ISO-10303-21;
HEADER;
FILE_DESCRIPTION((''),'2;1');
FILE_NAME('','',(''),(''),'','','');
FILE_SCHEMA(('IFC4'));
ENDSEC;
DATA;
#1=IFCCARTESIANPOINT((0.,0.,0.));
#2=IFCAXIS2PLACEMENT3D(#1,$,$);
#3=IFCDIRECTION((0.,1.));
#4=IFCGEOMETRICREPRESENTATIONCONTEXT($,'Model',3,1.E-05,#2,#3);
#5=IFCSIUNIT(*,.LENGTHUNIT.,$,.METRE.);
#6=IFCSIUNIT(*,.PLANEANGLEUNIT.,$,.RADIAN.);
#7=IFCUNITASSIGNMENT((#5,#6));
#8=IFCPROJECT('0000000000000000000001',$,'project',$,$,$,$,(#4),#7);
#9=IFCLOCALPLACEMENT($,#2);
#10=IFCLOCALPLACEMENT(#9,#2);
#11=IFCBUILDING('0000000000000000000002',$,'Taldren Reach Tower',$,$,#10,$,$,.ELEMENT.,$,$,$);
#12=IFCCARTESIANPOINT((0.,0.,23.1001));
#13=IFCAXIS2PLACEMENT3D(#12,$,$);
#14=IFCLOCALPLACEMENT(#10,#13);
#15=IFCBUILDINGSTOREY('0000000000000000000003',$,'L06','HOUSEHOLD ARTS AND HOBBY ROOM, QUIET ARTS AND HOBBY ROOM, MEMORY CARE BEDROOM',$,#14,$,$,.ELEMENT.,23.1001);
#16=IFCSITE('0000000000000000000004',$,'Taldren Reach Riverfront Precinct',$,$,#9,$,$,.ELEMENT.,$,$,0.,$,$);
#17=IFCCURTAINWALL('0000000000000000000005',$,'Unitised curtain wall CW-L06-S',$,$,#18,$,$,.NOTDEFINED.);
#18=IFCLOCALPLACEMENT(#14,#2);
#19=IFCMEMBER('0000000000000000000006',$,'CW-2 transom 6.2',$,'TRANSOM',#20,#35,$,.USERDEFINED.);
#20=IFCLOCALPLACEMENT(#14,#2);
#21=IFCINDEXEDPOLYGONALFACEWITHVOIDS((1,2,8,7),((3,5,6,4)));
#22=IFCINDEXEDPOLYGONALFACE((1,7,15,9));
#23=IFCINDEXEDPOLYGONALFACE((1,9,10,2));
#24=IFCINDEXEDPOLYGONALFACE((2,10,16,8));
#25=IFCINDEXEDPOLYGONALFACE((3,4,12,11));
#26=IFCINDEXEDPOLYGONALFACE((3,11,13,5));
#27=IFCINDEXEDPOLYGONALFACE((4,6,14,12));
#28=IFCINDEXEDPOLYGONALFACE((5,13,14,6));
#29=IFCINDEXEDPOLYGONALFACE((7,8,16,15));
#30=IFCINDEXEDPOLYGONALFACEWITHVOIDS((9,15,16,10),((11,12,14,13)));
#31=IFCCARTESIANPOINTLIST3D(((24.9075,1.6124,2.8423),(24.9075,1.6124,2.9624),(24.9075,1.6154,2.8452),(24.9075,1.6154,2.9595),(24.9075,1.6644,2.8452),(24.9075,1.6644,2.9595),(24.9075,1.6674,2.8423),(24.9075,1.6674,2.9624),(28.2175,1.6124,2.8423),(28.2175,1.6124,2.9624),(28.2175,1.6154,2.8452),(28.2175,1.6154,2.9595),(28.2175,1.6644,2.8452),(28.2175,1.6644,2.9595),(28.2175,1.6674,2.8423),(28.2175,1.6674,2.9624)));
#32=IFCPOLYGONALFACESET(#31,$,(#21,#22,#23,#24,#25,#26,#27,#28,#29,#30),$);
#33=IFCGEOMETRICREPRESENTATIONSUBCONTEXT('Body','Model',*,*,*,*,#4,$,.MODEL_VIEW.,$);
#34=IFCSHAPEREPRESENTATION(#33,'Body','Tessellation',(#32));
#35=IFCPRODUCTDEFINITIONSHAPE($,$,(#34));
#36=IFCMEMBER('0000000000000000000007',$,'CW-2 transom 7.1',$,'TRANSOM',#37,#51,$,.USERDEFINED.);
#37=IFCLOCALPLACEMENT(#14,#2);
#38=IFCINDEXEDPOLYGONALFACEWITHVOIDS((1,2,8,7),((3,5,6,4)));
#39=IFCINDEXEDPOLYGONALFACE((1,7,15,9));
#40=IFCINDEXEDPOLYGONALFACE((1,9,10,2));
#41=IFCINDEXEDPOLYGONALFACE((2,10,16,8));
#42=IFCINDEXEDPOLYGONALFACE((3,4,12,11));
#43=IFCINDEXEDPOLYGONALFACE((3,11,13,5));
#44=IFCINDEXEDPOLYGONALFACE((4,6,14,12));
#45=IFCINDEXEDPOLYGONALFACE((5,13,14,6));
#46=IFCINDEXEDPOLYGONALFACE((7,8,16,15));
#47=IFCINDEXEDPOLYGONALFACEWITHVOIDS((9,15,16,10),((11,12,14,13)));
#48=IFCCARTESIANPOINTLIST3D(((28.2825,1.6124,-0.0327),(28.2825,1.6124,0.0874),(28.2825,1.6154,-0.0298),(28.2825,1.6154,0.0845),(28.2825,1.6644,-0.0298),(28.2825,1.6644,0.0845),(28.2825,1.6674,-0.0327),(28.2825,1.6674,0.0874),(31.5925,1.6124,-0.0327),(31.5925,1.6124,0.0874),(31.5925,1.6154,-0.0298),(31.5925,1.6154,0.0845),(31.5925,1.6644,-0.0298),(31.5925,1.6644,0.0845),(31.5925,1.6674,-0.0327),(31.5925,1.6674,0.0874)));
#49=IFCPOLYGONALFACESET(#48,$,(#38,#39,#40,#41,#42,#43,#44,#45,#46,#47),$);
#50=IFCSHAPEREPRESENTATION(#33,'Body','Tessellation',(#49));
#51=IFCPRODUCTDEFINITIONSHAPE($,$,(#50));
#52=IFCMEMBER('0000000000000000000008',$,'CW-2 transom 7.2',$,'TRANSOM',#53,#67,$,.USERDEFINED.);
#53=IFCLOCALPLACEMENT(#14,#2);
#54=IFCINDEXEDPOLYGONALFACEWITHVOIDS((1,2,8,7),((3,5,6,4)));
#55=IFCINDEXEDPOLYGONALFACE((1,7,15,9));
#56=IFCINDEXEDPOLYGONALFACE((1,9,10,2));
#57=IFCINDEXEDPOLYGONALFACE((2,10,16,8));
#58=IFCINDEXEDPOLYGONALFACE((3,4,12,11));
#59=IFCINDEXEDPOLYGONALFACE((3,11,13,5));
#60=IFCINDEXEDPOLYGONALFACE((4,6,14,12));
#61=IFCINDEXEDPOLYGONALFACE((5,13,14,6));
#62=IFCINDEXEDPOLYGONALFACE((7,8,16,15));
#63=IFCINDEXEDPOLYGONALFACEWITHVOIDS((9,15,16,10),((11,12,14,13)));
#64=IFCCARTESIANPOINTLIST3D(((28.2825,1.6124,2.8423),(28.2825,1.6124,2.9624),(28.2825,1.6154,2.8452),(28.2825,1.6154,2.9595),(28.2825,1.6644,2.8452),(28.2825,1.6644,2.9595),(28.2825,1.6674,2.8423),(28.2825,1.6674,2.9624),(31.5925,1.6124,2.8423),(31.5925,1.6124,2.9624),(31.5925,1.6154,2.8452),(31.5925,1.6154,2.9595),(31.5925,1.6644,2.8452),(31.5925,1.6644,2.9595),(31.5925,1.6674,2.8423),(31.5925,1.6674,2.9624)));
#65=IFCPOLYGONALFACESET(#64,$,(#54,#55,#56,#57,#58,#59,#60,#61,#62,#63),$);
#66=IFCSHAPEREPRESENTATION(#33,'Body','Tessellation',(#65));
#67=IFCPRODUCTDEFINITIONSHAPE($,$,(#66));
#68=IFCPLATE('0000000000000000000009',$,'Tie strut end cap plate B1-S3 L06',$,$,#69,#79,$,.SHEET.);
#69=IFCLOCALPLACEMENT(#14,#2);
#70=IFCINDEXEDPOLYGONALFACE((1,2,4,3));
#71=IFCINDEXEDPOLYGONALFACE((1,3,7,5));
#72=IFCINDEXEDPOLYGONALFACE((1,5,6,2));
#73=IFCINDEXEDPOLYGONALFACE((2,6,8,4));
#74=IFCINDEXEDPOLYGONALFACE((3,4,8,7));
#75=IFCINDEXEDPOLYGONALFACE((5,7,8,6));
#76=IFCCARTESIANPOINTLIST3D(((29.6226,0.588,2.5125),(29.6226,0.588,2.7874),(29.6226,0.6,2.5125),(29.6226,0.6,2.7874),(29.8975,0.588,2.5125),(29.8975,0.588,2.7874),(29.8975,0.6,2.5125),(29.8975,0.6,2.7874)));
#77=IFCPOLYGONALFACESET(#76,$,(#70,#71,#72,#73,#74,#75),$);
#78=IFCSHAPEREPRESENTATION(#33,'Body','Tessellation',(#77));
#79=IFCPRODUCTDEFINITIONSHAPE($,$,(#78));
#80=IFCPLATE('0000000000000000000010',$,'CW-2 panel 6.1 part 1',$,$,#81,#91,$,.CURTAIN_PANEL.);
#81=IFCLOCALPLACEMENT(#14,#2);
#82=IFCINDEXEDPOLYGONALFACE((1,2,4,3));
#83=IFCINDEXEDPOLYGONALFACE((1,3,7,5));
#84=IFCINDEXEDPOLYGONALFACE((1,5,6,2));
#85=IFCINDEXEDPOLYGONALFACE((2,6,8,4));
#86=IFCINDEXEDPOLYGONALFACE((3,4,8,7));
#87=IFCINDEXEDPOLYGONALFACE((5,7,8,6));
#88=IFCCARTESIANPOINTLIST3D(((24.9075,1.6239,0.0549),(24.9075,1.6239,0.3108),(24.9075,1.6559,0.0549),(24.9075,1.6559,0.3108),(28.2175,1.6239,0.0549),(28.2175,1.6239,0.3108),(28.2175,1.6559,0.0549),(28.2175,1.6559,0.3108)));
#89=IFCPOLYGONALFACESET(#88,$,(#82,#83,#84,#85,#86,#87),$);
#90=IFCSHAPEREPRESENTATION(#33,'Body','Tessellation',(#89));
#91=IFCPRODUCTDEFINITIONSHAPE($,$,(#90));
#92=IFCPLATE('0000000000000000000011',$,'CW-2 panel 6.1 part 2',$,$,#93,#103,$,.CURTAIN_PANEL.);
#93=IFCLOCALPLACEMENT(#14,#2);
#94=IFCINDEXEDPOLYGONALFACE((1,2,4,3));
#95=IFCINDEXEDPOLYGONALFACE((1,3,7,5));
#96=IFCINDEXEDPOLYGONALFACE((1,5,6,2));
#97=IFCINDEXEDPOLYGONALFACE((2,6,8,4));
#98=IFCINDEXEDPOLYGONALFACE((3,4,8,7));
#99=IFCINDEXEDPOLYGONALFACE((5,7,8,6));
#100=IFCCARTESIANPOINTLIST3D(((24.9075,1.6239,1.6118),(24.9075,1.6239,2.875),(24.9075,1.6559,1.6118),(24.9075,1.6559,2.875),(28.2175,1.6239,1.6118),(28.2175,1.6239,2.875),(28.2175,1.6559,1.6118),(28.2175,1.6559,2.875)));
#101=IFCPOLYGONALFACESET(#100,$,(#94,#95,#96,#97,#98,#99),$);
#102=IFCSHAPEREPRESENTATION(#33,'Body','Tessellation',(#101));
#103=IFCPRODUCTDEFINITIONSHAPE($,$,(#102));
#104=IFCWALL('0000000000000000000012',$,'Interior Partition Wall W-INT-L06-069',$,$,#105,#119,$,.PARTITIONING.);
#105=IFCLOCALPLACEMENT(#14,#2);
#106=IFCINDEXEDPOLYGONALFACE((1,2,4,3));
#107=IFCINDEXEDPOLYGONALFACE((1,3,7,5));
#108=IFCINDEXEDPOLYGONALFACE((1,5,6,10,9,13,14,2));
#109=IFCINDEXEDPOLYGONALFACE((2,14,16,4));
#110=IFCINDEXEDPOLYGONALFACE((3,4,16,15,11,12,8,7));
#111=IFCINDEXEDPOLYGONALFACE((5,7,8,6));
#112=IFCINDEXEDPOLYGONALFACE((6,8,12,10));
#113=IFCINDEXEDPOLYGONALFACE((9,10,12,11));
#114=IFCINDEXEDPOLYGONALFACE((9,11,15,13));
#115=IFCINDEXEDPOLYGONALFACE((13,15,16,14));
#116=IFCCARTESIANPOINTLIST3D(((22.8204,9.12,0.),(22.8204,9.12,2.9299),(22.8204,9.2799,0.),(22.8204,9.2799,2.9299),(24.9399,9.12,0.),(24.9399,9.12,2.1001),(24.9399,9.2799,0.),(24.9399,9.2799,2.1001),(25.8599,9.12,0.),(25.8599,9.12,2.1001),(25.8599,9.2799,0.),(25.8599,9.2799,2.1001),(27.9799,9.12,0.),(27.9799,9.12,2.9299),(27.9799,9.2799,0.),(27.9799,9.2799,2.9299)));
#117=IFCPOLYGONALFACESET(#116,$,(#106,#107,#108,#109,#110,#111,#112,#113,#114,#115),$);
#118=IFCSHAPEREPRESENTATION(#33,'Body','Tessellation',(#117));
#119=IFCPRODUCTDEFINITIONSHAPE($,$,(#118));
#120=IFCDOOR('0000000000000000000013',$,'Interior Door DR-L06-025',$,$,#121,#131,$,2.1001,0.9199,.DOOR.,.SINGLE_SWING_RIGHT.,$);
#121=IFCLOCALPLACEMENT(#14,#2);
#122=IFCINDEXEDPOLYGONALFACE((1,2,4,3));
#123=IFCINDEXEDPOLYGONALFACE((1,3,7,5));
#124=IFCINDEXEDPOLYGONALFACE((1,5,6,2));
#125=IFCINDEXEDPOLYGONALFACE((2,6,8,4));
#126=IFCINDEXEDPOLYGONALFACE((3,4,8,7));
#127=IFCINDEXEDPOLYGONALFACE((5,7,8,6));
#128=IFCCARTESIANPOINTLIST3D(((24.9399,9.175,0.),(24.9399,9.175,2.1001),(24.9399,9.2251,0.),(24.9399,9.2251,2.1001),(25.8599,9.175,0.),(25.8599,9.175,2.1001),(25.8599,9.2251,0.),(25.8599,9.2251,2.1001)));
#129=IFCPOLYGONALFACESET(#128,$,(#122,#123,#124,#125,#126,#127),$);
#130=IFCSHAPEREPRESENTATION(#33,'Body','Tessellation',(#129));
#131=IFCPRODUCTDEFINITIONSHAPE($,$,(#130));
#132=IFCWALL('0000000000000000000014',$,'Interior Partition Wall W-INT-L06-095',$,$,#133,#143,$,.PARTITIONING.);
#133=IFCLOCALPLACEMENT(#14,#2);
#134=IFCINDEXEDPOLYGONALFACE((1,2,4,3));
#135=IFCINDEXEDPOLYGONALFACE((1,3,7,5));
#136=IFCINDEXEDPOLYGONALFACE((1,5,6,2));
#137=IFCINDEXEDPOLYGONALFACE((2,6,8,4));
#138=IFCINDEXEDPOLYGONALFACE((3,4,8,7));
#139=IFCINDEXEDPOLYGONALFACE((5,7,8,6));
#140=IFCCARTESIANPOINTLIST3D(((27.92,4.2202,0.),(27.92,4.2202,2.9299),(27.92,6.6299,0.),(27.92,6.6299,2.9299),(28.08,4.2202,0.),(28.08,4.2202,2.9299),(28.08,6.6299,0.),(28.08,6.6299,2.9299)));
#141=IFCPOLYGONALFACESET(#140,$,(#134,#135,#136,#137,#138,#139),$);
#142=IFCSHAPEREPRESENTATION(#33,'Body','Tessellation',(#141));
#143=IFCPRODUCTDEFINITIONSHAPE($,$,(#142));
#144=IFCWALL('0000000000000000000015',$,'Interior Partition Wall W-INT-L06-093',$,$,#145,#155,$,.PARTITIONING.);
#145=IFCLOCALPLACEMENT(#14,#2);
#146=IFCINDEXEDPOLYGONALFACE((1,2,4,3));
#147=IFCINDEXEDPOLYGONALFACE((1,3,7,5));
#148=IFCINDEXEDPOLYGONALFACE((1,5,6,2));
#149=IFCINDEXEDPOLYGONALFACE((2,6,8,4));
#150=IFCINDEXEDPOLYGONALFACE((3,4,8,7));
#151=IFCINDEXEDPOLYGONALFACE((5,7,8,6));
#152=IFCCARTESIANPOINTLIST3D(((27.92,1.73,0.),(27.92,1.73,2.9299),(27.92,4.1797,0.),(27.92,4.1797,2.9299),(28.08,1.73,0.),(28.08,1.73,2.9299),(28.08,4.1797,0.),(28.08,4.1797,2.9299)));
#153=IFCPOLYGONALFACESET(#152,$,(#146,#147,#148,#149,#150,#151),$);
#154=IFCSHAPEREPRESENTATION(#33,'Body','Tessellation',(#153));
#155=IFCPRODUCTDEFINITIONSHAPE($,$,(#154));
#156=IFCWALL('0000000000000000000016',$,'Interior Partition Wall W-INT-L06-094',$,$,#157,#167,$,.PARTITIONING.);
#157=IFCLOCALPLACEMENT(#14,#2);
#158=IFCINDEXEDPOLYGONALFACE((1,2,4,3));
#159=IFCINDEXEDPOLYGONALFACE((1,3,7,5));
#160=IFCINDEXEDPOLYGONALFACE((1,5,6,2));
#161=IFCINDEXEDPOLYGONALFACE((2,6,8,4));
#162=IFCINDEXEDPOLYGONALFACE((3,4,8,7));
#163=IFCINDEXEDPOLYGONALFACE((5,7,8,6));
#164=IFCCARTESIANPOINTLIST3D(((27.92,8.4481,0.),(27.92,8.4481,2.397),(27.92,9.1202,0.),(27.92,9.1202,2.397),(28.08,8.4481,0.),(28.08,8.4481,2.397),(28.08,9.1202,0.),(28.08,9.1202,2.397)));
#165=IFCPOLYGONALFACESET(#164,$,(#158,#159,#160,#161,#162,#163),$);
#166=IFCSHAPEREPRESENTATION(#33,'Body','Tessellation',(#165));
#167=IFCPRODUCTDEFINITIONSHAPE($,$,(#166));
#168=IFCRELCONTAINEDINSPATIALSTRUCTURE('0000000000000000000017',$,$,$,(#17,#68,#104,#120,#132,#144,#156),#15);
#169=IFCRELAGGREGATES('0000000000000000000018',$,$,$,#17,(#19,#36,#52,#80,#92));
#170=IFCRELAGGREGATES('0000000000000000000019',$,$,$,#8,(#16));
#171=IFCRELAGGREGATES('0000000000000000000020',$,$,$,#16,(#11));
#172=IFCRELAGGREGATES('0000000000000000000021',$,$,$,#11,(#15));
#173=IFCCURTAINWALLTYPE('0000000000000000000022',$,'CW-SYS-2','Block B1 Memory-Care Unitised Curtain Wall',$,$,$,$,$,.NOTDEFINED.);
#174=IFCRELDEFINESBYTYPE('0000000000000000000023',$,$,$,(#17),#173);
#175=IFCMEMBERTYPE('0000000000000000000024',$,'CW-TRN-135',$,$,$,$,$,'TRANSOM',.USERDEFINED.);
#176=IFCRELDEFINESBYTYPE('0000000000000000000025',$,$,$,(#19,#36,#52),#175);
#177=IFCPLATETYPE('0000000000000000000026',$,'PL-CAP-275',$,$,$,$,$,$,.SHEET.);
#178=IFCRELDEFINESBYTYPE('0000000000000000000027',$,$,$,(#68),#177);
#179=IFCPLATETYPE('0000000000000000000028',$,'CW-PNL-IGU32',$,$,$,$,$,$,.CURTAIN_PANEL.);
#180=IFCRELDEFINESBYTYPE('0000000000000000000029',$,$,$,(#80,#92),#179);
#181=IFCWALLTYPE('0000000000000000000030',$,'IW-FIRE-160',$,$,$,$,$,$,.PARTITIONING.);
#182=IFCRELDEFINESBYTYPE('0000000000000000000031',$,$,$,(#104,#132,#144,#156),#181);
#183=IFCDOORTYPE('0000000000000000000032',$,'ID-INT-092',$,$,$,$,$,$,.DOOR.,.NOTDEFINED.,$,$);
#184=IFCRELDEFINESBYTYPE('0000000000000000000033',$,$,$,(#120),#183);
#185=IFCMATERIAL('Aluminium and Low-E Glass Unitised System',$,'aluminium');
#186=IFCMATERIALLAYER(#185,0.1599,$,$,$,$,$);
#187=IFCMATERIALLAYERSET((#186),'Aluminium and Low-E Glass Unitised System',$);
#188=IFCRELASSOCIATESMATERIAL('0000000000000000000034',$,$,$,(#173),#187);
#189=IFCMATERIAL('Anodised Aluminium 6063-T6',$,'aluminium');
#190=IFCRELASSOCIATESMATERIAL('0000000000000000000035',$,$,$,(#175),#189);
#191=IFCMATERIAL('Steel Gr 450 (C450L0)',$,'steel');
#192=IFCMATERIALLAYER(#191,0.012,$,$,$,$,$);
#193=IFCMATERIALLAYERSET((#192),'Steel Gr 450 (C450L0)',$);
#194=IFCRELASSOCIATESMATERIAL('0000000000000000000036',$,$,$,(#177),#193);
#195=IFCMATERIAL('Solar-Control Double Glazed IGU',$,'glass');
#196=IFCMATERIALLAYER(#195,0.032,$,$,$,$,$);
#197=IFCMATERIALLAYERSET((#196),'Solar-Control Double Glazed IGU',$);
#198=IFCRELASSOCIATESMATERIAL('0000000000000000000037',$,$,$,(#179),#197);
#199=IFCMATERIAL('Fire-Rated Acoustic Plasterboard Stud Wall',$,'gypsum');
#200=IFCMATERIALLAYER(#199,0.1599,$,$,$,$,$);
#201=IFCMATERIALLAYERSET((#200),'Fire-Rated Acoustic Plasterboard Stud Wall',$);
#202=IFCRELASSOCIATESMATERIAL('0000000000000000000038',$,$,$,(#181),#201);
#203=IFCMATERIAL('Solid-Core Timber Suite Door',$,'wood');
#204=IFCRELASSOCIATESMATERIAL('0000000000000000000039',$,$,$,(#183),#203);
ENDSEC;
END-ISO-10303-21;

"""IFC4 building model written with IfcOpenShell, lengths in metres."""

from ifc_helpers import new_model, si_unit, direction, frame, frame_2d, origin, origin_2d, place, context, subcontext, project, spatial, rectangle, hollow_rectangle, extrude, source, transform, mapped, material, layer, layer_set, material_profile, profile_set, type_object, element, fill, aggregate, save


model = new_model("IFC4")

# Units and contexts
model_context = context("Model", 3, precision=1e-05, world=origin(), true_north=direction((0.0, 1.0)))
body_context = subcontext(model_context, "Body", "Model", "MODEL_VIEW")
ifc_project = project(units=[si_unit("LENGTHUNIT", "METRE"), si_unit("PLANEANGLEUNIT", "RADIAN")], contexts=[model_context])

# Site, building, storey
site_placement = place(None, origin())
site = spatial("IfcSite", under=ifc_project, at=site_placement, Name="Taldren Reach Riverfront Precinct", CompositionType="ELEMENT", RefElevation=0.0)
building_placement = place(site_placement, origin())
building = spatial("IfcBuilding", under=site, at=building_placement, Name="Taldren Reach Tower", CompositionType="ELEMENT")
storey_placement = place(building_placement, frame((0.0, 0.0, 23.1001)))
storey = spatial("IfcBuildingStorey", under=building, at=storey_placement, Name="L06", Description="HOUSEHOLD ARTS AND HOBBY ROOM, QUIET ARTS AND HOBBY ROOM, MEMORY CARE BEDROOM", CompositionType="ELEMENT", Elevation=23.1001)

# Shared definitions
ifc_material_1 = material(Name="Steel Gr 450 (C450L0)", Category="steel")

# Curtain wall, members
ifc_material_2 = material(Name="Aluminium and Low-E Glass Unitised System", Category="aluminium")
ifc_layer_1 = layer(ifc_material_2, 0.1599)
ifc_layer_set_1 = layer_set([ifc_layer_1], Name="Aluminium and Low-E Glass Unitised System")
curtain_wall_type = type_object("IfcCurtainWallType", Name="CW-SYS-2", Description="Block B1 Memory-Care Unitised Curtain Wall", PredefinedType="NOTDEFINED", material=ifc_layer_set_1)
curtain_wall_placement = place(storey_placement, origin())
curtain_wall = element("IfcCurtainWall", 1, at=curtain_wall_placement, inside=storey, type_object=curtain_wall_type, Name="Unitised curtain wall CW-L06-S", PredefinedType="NOTDEFINED")
ifc_material_3 = material(Name="Anodised Aluminium 6063-T6", Category="aluminium")
ifc_material_profile_1 = material_profile(ifc_material_3, hollow_rectangle(XDim=0.0549, YDim=0.1201, WallThickness=0.0029, at=origin_2d()), Name="ALU-120x55x3RHS")
ifc_profile_set_1 = profile_set([ifc_material_profile_1], Name="Anodised Aluminium 6063-T6")
member_type_1 = type_object("IfcMemberType", Name="CW-TRN-135", ElementType="TRANSOM", PredefinedType="USERDEFINED", material=ifc_profile_set_1)
shared_shape_1 = source(origin(), body_context, "Body", "SweptSolid", [
    extrude(hollow_rectangle(XDim=0.0549, YDim=0.1201, WallThickness=0.0029, at=origin_2d()), origin(), (0.0, 0.0, 1.0), 3.3101),
])
member_1_placement = place(storey_placement, frame((24.9075, 1.6399, 2.9023), z_axis=(1.0, 0.0, 0.0), x_axis=(0.0, 1.0, 0.0)))
member_1 = element("IfcMember", 2, at=member_1_placement, type_object=member_type_1, Name="CW-2 transom 6.2", ObjectType="TRANSOM", PredefinedType="USERDEFINED", context=body_context, shape_type="MappedRepresentation", body=[
    mapped(shared_shape_1, transform((0.0, 0.0, 0.0), scale=1.0)),
])
member_2_placement = place(storey_placement, frame((28.2825, 1.6399, 0.0273), z_axis=(1.0, 0.0, 0.0), x_axis=(0.0, 1.0, 0.0)))
member_2 = element("IfcMember", 3, at=member_2_placement, type_object=member_type_1, Name="CW-2 transom 7.1", ObjectType="TRANSOM", PredefinedType="USERDEFINED", context=body_context, shape_type="MappedRepresentation", body=[
    mapped(shared_shape_1, transform((0.0, 0.0, 0.0), scale=1.0)),
])
member_3_placement = place(storey_placement, frame((28.2825, 1.6399, 2.9023), z_axis=(1.0, 0.0, 0.0), x_axis=(0.0, 1.0, 0.0)))
member_3 = element("IfcMember", 4, at=member_3_placement, type_object=member_type_1, Name="CW-2 transom 7.2", ObjectType="TRANSOM", PredefinedType="USERDEFINED", context=body_context, shape_type="MappedRepresentation", body=[
    mapped(shared_shape_1, transform((0.0, 0.0, 0.0), scale=1.0)),
])

# Plates
ifc_layer_2 = layer(ifc_material_1, 0.012)
ifc_layer_set_2 = layer_set([ifc_layer_2], Name="Steel Gr 450 (C450L0)")
plate_type_1 = type_object("IfcPlateType", Name="PL-CAP-275", PredefinedType="SHEET", material=ifc_layer_set_2)
shared_shape_2 = source(origin(), body_context, "Body", "SweptSolid", [
    extrude(rectangle(XDim=0.2749, YDim=0.012, at=origin_2d()), origin(), (0.0, 0.0, 1.0), 0.2749),
])
plate_1_placement = place(storey_placement, frame((29.76, 0.594, 2.5125), z_axis=(0.0, 0.0, 1.0), x_axis=(1.0, 0.0, 0.0)))
element("IfcPlate", 5, at=plate_1_placement, inside=storey, type_object=plate_type_1, Name="Tie strut end cap plate B1-S3 L06", PredefinedType="SHEET", context=body_context, shape_type="MappedRepresentation", body=[
    mapped(shared_shape_2, transform((0.0, 0.0, 0.0), scale=1.0)),
])
ifc_material_4 = material(Name="Solar-Control Double Glazed IGU", Category="glass")
ifc_layer_3 = layer(ifc_material_4, 0.032)
ifc_layer_set_3 = layer_set([ifc_layer_3], Name="Solar-Control Double Glazed IGU")
plate_type_2 = type_object("IfcPlateType", Name="CW-PNL-IGU32", PredefinedType="CURTAIN_PANEL", material=ifc_layer_set_3)
shared_shape_3 = source(origin(), body_context, "Body", "SweptSolid", [
    extrude(rectangle(XDim=3.3101, YDim=0.032, at=origin_2d()), origin(), (0.0, 0.0, 1.0), 0.2559),
])
plate_2_placement = place(storey_placement, frame((26.5625, 1.6399, 0.0549), z_axis=(0.0, 0.0, 1.0), x_axis=(1.0, 0.0, 0.0)))
plate_2 = element("IfcPlate", 6, at=plate_2_placement, type_object=plate_type_2, Name="CW-2 panel 6.1 part 1", PredefinedType="CURTAIN_PANEL", context=body_context, shape_type="MappedRepresentation", body=[
    mapped(shared_shape_3, transform((0.0, 0.0, 0.0), scale=1.0)),
])
shared_shape_4 = source(origin(), body_context, "Body", "SweptSolid", [
    extrude(rectangle(XDim=3.3101, YDim=0.032, at=origin_2d()), origin(), (0.0, 0.0, 1.0), 1.2632),
])
plate_3_placement = place(storey_placement, frame((26.5625, 1.6399, 1.6118), z_axis=(0.0, 0.0, 1.0), x_axis=(1.0, 0.0, 0.0)))
plate_3 = element("IfcPlate", 7, at=plate_3_placement, type_object=plate_type_2, Name="CW-2 panel 6.1 part 2", PredefinedType="CURTAIN_PANEL", context=body_context, shape_type="MappedRepresentation", body=[
    mapped(shared_shape_4, transform((0.0, 0.0, 0.0), scale=1.0)),
])
aggregate(curtain_wall, [member_1, member_2, member_3, plate_2, plate_3])

# Wall, opening, door
ifc_material_5 = material(Name="Fire-Rated Acoustic Plasterboard Stud Wall", Category="gypsum")
ifc_layer_4 = layer(ifc_material_5, 0.1599)
ifc_layer_set_4 = layer_set([ifc_layer_4], Name="Fire-Rated Acoustic Plasterboard Stud Wall")
wall_type_1 = type_object("IfcWallType", Name="IW-FIRE-160", PredefinedType="PARTITIONING", material=ifc_layer_set_4)
shared_shape_5 = source(origin(), body_context, "Body", "SweptSolid", [
    extrude(rectangle(XDim=5.1594, YDim=0.1599, at=frame_2d((2.5796, 0.0))), origin(), (0.0, 0.0, 1.0), 2.9299),
])
wall_1_placement = place(storey_placement, frame((27.9797, 9.2, 0.0), z_axis=(0.0, 0.0, 1.0), x_axis=(-1.0, 0.0, 0.0)))
wall_1 = element("IfcWall", 8, at=wall_1_placement, inside=storey, type_object=wall_type_1, Name="Interior Partition Wall W-INT-L06-069", PredefinedType="PARTITIONING", context=body_context, shape_type="MappedRepresentation", body=[
    mapped(shared_shape_5, transform((0.0, 0.0, 0.0), scale=1.0)),
])
shared_shape_6 = source(origin(), body_context, "Body", "SweptSolid", [
    extrude(rectangle(XDim=0.9199, YDim=2.1001, at=frame_2d((0.46, 1.05))), frame((0.0, 0.0898, 0.0), z_axis=(0.0, -1.0, 0.0), x_axis=(1.0, 0.0, 0.0)), (0.0, 0.0, 1.0), 0.1799),
])
opening_placement = place(wall_1_placement, frame((2.1199, 0.0, 0.0)))
opening = element("IfcOpeningElement", 9, at=opening_placement, cuts=wall_1, PredefinedType="OPENING", context=body_context, shape_type="MappedRepresentation", body=[
    mapped(shared_shape_6, transform((0.0, 0.0, 0.0), scale=1.0)),
])
ifc_material_6 = material(Name="Solid-Core Timber Suite Door", Category="wood")
door_type = type_object("IfcDoorType", Name="ID-INT-092", OperationType="NOTDEFINED", PredefinedType="DOOR", material=ifc_material_6)
shared_shape_7 = source(origin(), body_context, "Body", "SweptSolid", [
    extrude(rectangle(XDim=0.9199, YDim=2.1001, at=frame_2d((0.46, 1.05))), frame((0.0, 0.0249, 0.0), z_axis=(0.0, -1.0, 0.0), x_axis=(1.0, 0.0, 0.0)), (0.0, 0.0, 1.0), 0.05),
])
door_placement = place(opening_placement, origin())
door = element("IfcDoor", 10, at=door_placement, inside=storey, type_object=door_type, Name="Interior Door DR-L06-025", OperationType="SINGLE_SWING_RIGHT", OverallHeight=2.1001, OverallWidth=0.9199, PredefinedType="DOOR", context=body_context, shape_type="MappedRepresentation", body=[
    mapped(shared_shape_7, transform((0.0, 0.0, 0.0), scale=1.0)),
])
fill(opening, door)

# Walls
shared_shape_8 = source(origin(), body_context, "Body", "SweptSolid", [
    extrude(rectangle(XDim=2.4097, YDim=0.1599, at=frame_2d((1.2048, 0.0))), origin(), (0.0, 0.0, 1.0), 2.9299),
])
wall_2_placement = place(storey_placement, frame((28.0, 6.6299, 0.0), z_axis=(0.0, 0.0, 1.0), x_axis=(0.0, -1.0, 0.0)))
element("IfcWall", 11, at=wall_2_placement, inside=storey, type_object=wall_type_1, Name="Interior Partition Wall W-INT-L06-095", PredefinedType="PARTITIONING", context=body_context, shape_type="MappedRepresentation", body=[
    mapped(shared_shape_8, transform((0.0, 0.0, 0.0), scale=1.0)),
])
shared_shape_9 = source(origin(), body_context, "Body", "SweptSolid", [
    extrude(rectangle(XDim=2.4497, YDim=0.1599, at=frame_2d((1.2249, 0.0))), origin(), (0.0, 0.0, 1.0), 2.9299),
])
wall_3_placement = place(storey_placement, frame((28.0, 4.1797, 0.0), z_axis=(0.0, 0.0, 1.0), x_axis=(0.0, -1.0, 0.0)))
element("IfcWall", 12, at=wall_3_placement, inside=storey, type_object=wall_type_1, Name="Interior Partition Wall W-INT-L06-093", PredefinedType="PARTITIONING", context=body_context, shape_type="MappedRepresentation", body=[
    mapped(shared_shape_9, transform((0.0, 0.0, 0.0), scale=1.0)),
])
shared_shape_10 = source(origin(), body_context, "Body", "SweptSolid", [
    extrude(rectangle(XDim=0.6721, YDim=0.1599, at=frame_2d((0.3359, 0.0))), origin(), (0.0, 0.0, 1.0), 2.397),
])
wall_4_placement = place(storey_placement, frame((28.0, 9.1201, 0.0), z_axis=(0.0, 0.0, 1.0), x_axis=(0.0, -1.0, 0.0)))
element("IfcWall", 13, at=wall_4_placement, inside=storey, type_object=wall_type_1, Name="Interior Partition Wall W-INT-L06-094", PredefinedType="PARTITIONING", context=body_context, shape_type="MappedRepresentation", body=[
    mapped(shared_shape_10, transform((0.0, 0.0, 0.0), scale=1.0)),
])

save(model, "model.ifc")
